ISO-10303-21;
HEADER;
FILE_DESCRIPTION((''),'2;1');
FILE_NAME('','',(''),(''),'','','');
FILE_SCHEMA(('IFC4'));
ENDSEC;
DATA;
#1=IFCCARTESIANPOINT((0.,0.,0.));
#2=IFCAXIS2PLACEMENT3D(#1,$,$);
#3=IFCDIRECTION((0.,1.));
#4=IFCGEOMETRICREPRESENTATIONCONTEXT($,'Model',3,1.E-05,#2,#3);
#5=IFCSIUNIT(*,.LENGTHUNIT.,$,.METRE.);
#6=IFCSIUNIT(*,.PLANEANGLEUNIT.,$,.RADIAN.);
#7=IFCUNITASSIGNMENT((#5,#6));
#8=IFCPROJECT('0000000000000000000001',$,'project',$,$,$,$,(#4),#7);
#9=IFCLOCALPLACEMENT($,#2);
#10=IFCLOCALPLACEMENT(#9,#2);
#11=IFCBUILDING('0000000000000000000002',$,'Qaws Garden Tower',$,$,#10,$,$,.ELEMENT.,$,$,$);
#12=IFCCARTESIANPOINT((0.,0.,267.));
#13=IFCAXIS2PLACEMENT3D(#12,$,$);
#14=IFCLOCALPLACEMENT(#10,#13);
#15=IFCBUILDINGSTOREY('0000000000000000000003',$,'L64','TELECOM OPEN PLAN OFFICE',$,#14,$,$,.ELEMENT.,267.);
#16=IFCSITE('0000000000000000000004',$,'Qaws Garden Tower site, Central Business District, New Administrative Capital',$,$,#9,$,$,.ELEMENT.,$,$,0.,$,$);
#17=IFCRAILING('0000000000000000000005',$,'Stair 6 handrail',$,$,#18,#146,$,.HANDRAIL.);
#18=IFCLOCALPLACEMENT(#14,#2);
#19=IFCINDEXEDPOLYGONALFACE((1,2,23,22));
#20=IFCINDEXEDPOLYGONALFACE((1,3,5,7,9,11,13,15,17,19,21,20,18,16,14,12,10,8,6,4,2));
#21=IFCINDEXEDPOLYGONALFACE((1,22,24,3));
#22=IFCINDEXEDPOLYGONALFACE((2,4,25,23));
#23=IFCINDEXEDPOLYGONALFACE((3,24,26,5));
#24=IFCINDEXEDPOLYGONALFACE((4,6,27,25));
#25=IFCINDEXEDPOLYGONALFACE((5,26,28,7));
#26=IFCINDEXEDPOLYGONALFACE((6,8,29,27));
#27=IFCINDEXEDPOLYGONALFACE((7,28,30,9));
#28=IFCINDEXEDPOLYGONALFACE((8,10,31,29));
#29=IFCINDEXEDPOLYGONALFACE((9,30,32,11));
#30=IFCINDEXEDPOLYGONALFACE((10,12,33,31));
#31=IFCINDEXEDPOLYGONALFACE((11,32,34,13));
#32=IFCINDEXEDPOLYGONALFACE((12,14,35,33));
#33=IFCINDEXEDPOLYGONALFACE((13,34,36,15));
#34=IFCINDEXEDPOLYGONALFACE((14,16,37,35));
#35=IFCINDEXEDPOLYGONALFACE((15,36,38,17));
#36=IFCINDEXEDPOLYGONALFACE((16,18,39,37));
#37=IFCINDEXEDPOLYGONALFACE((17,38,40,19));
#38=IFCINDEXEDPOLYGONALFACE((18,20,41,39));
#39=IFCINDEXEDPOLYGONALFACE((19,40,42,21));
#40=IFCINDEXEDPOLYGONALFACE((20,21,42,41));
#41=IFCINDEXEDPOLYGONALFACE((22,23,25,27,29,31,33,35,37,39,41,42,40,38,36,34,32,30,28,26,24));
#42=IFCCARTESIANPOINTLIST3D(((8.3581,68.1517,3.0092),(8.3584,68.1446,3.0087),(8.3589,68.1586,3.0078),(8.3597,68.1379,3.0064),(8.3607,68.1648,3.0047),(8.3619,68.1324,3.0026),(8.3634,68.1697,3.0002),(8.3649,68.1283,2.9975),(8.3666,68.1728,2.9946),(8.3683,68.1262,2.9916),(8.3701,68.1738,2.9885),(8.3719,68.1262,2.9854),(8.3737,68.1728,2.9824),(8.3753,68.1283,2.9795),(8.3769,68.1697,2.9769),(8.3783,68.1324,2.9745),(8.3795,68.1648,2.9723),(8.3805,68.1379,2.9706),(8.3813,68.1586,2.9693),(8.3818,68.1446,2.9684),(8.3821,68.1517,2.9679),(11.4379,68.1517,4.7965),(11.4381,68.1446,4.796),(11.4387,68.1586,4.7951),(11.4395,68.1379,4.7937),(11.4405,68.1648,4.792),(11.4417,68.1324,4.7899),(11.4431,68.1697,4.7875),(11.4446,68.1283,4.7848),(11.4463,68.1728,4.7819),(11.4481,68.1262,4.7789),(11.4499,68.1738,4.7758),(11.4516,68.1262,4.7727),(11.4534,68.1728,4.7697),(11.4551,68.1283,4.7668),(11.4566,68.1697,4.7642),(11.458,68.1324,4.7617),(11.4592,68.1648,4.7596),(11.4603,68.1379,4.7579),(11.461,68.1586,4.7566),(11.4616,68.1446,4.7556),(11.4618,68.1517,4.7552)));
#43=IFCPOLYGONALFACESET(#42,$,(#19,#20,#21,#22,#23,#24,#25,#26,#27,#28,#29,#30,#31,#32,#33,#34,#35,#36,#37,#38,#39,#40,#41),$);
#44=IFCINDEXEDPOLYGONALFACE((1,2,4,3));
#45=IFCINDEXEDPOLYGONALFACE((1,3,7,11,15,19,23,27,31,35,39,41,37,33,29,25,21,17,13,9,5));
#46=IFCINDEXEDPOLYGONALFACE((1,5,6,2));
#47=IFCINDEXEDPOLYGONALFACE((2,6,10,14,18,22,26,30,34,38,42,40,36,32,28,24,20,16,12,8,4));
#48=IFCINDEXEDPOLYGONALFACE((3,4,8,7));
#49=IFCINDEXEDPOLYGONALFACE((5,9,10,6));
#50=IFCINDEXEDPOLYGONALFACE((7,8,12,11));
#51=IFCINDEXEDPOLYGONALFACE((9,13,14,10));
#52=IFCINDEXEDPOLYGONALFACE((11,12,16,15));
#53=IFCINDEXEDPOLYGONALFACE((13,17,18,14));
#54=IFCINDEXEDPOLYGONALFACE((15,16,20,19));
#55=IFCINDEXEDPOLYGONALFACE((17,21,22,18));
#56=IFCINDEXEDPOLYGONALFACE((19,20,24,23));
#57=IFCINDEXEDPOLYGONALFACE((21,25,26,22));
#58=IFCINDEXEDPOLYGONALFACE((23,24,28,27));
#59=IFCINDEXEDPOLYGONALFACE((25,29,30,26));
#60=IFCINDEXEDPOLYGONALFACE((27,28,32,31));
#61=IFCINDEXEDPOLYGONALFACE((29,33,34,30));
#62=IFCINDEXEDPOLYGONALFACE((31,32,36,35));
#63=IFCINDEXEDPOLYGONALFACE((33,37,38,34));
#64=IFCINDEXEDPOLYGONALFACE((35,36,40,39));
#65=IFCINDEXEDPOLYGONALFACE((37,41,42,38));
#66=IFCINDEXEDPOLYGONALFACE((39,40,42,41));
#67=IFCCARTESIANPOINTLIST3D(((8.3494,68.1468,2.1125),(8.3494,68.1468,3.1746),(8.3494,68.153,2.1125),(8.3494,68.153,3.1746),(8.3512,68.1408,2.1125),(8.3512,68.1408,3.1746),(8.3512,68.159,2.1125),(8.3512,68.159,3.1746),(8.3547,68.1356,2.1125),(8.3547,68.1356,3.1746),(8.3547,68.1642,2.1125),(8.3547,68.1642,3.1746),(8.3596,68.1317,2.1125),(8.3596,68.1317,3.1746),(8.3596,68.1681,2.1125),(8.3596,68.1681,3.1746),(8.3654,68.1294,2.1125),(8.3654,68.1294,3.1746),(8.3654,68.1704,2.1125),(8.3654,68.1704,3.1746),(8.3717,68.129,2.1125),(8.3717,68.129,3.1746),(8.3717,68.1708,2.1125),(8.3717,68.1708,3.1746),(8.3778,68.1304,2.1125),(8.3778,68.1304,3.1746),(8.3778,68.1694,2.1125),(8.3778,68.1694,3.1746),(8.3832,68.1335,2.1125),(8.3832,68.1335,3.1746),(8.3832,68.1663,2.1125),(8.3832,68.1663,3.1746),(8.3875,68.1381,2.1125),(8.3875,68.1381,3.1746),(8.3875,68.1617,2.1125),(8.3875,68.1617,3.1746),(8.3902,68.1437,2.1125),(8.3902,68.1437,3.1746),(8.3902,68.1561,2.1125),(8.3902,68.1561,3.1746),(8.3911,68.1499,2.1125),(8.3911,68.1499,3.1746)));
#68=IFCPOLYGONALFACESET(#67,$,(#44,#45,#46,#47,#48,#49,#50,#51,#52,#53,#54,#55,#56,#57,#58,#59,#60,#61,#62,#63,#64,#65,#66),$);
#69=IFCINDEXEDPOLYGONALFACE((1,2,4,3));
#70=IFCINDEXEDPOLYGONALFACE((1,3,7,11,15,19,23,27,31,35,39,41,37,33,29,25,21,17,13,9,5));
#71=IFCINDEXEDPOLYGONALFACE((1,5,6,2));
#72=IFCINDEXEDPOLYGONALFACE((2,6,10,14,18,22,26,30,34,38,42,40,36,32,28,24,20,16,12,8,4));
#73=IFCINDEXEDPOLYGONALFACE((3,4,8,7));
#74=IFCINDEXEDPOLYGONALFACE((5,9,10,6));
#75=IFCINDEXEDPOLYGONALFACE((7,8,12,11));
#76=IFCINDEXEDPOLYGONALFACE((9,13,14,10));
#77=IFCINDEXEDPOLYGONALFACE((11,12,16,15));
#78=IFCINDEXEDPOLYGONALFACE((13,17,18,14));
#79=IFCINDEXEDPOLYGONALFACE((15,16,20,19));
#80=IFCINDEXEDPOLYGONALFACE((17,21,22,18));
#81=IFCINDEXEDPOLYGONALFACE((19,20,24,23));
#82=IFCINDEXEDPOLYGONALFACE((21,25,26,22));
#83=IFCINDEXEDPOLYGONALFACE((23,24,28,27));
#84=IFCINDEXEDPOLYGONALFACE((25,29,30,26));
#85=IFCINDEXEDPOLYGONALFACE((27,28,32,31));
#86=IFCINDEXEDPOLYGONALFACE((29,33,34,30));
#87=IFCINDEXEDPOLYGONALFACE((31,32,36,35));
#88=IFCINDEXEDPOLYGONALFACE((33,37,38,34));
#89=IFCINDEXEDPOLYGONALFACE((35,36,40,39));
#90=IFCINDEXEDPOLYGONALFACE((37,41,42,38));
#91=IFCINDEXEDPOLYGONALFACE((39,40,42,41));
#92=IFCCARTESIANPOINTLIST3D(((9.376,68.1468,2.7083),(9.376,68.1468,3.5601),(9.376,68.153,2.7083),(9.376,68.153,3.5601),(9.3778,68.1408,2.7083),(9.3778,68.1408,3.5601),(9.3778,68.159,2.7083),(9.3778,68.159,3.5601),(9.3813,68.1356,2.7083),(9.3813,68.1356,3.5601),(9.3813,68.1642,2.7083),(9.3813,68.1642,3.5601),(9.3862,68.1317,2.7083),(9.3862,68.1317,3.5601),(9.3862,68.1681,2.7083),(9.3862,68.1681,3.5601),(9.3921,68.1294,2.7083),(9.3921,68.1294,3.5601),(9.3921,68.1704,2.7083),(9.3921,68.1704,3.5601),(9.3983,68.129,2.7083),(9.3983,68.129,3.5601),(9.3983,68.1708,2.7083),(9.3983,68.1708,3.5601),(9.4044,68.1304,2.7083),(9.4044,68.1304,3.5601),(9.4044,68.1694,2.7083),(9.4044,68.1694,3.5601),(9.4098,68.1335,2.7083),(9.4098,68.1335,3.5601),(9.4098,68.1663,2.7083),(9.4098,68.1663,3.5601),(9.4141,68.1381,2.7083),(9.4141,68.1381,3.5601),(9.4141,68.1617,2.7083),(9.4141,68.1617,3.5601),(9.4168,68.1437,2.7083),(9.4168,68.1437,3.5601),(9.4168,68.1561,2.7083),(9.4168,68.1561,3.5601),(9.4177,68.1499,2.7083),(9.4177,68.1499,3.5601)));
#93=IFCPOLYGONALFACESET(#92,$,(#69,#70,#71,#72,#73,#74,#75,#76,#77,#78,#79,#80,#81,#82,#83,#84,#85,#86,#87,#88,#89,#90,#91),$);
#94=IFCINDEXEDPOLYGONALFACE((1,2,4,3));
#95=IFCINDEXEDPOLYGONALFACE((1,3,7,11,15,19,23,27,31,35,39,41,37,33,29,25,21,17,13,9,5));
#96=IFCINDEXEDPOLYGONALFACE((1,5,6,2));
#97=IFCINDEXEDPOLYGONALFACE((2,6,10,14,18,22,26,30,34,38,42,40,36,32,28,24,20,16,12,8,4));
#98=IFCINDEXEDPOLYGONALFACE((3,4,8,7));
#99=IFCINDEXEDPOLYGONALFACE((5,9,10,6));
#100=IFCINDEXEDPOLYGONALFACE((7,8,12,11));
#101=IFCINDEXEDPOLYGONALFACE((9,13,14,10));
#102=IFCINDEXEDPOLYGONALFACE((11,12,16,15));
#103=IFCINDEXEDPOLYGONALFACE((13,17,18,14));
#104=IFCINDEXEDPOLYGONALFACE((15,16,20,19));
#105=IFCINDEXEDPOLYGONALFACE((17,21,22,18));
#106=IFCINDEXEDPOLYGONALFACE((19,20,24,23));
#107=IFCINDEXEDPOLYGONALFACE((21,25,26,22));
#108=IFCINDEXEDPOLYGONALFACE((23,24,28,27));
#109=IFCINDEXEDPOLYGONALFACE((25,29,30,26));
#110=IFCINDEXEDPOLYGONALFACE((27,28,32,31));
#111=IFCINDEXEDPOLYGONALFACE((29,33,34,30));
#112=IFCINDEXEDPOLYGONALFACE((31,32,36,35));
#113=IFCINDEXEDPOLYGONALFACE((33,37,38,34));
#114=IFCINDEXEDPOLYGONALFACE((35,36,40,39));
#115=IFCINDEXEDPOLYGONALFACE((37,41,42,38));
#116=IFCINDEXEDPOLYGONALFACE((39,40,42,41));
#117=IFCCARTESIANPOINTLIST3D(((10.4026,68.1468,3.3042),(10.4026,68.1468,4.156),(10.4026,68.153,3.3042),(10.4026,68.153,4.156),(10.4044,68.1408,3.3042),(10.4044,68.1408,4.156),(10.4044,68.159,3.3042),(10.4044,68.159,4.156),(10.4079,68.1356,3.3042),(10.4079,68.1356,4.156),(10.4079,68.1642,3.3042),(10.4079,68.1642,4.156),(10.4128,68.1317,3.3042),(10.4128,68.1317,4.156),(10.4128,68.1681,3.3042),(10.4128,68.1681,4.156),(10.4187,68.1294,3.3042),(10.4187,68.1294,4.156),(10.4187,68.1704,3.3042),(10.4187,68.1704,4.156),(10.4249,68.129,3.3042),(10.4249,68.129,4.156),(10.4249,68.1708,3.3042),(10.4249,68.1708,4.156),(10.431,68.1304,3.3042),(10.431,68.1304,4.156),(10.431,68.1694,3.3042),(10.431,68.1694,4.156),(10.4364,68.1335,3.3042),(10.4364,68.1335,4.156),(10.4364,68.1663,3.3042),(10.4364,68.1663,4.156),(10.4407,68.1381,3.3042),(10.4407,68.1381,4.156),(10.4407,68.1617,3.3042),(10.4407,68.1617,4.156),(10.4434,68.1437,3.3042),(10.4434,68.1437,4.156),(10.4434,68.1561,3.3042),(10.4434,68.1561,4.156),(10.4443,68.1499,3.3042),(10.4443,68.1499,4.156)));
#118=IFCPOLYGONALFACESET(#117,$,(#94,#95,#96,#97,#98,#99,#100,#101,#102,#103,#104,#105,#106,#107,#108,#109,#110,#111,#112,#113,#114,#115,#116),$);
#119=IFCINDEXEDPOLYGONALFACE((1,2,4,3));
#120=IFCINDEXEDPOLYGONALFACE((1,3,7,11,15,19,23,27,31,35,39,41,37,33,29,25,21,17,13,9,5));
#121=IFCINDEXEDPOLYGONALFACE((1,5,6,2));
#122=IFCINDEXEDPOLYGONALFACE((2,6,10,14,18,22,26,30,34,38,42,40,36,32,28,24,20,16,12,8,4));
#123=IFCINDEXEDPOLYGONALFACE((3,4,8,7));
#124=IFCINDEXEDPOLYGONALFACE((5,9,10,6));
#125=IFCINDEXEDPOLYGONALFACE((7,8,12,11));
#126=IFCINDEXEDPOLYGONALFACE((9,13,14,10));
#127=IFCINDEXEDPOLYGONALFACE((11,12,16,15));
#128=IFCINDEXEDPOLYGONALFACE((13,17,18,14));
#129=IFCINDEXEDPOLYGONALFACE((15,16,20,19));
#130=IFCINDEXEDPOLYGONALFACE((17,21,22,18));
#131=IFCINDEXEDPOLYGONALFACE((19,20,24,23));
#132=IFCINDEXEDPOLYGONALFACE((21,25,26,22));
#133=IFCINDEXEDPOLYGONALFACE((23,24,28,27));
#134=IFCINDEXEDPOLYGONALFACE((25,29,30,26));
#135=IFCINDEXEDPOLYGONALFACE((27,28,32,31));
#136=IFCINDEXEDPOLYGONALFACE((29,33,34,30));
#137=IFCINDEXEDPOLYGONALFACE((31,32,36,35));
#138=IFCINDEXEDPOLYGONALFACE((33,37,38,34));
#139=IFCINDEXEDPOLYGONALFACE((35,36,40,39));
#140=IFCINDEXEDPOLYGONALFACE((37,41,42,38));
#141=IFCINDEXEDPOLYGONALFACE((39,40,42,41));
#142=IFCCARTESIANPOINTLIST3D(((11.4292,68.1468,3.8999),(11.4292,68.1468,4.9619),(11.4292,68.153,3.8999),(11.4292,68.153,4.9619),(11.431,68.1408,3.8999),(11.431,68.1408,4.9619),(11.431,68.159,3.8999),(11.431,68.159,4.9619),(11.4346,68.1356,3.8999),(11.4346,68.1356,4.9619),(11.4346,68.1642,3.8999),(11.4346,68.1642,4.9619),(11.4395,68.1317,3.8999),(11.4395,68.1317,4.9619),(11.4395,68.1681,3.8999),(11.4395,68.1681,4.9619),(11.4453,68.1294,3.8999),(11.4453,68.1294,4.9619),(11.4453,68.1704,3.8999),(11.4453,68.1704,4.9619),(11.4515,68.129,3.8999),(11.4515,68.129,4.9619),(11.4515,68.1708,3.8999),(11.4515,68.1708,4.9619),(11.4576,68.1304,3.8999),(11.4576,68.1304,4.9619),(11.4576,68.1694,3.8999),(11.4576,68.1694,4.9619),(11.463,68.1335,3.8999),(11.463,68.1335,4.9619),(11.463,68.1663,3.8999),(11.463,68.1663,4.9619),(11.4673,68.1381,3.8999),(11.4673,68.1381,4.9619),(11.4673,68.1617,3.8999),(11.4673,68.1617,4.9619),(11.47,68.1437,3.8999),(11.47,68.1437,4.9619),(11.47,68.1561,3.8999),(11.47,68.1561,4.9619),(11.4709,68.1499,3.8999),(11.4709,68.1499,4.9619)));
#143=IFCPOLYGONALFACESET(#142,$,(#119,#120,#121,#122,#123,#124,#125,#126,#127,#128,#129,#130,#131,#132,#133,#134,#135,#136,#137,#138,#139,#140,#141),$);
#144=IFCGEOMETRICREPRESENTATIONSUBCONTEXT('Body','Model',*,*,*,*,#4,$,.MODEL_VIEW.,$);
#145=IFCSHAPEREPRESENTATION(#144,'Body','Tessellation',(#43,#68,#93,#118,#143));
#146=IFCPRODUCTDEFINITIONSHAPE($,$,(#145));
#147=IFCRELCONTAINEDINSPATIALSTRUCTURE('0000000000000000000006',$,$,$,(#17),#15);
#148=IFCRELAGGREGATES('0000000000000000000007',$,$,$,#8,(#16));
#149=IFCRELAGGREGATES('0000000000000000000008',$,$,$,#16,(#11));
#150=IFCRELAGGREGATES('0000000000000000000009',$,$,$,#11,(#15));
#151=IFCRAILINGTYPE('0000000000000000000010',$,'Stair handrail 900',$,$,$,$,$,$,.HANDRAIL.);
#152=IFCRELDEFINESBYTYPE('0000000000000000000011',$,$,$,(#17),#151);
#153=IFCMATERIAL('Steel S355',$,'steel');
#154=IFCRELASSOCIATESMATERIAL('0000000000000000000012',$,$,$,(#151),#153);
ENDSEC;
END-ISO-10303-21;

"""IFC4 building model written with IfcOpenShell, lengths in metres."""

from ifc_helpers import new_model, si_unit, direction, frame, origin, origin_2d, place, context, subcontext, project, spatial, circle, extrude, material, type_object, element, save


model = new_model("IFC4")

# Units and contexts
model_context = context("Model", 3, precision=1e-05, world=origin(), true_north=direction((0.0, 1.0)))
body_context = subcontext(model_context, "Body", "Model", "MODEL_VIEW")
ifc_project = project(units=[si_unit("LENGTHUNIT", "METRE"), si_unit("PLANEANGLEUNIT", "RADIAN")], contexts=[model_context])

# Site, building, storey
site_placement = place(None, origin())
site = spatial("IfcSite", under=ifc_project, at=site_placement, Name="Qaws Garden Tower site, Central Business District, New Administrative Capital", CompositionType="ELEMENT", RefElevation=0.0)
building_placement = place(site_placement, origin())
building = spatial("IfcBuilding", under=site, at=building_placement, Name="Qaws Garden Tower", CompositionType="ELEMENT")
storey_placement = place(building_placement, frame((0.0, 0.0, 267.0)))
storey = spatial("IfcBuildingStorey", under=building, at=storey_placement, Name="L64", Description="TELECOM OPEN PLAN OFFICE", CompositionType="ELEMENT", Elevation=267.0)

# Railing
ifc_material_1 = material(Name="Steel S355", Category="steel")
railing_type = type_object("IfcRailingType", Name="Stair handrail 900", PredefinedType="HANDRAIL", material=ifc_material_1)
railing_1_placement = place(storey_placement, frame((8.3701, 68.1499, 2.1125)))
element("IfcRailing", 1, at=railing_1_placement, inside=storey, type_object=railing_type, Name="Stair 6 handrail", PredefinedType="HANDRAIL", context=body_context, shape_type="SweptSolid", body=[
    extrude(circle(Radius=0.0239, at=origin_2d()), frame((0.0, 0.0, 0.876), z_axis=(0.864903, 0.0, 0.501939), x_axis=(0.0, 1.0, 0.0)), (0.0, 0.0, 1.0), 3.5608),
    extrude(circle(Radius=0.021, at=origin_2d()), origin(), (0.0, 0.0, 1.0), 1.062),
    extrude(circle(Radius=0.021, at=origin_2d()), frame((1.0266, 0.0, 0.5957)), (0.0, 0.0, 1.0), 0.8518),
    extrude(circle(Radius=0.021, at=origin_2d()), frame((2.0532, 0.0, 1.1917)), (0.0, 0.0, 1.0), 0.8518),
    extrude(circle(Radius=0.021, at=origin_2d()), frame((3.0798, 0.0, 1.7874)), (0.0, 0.0, 1.0), 1.062),
])

save(model, "model.ifc")
